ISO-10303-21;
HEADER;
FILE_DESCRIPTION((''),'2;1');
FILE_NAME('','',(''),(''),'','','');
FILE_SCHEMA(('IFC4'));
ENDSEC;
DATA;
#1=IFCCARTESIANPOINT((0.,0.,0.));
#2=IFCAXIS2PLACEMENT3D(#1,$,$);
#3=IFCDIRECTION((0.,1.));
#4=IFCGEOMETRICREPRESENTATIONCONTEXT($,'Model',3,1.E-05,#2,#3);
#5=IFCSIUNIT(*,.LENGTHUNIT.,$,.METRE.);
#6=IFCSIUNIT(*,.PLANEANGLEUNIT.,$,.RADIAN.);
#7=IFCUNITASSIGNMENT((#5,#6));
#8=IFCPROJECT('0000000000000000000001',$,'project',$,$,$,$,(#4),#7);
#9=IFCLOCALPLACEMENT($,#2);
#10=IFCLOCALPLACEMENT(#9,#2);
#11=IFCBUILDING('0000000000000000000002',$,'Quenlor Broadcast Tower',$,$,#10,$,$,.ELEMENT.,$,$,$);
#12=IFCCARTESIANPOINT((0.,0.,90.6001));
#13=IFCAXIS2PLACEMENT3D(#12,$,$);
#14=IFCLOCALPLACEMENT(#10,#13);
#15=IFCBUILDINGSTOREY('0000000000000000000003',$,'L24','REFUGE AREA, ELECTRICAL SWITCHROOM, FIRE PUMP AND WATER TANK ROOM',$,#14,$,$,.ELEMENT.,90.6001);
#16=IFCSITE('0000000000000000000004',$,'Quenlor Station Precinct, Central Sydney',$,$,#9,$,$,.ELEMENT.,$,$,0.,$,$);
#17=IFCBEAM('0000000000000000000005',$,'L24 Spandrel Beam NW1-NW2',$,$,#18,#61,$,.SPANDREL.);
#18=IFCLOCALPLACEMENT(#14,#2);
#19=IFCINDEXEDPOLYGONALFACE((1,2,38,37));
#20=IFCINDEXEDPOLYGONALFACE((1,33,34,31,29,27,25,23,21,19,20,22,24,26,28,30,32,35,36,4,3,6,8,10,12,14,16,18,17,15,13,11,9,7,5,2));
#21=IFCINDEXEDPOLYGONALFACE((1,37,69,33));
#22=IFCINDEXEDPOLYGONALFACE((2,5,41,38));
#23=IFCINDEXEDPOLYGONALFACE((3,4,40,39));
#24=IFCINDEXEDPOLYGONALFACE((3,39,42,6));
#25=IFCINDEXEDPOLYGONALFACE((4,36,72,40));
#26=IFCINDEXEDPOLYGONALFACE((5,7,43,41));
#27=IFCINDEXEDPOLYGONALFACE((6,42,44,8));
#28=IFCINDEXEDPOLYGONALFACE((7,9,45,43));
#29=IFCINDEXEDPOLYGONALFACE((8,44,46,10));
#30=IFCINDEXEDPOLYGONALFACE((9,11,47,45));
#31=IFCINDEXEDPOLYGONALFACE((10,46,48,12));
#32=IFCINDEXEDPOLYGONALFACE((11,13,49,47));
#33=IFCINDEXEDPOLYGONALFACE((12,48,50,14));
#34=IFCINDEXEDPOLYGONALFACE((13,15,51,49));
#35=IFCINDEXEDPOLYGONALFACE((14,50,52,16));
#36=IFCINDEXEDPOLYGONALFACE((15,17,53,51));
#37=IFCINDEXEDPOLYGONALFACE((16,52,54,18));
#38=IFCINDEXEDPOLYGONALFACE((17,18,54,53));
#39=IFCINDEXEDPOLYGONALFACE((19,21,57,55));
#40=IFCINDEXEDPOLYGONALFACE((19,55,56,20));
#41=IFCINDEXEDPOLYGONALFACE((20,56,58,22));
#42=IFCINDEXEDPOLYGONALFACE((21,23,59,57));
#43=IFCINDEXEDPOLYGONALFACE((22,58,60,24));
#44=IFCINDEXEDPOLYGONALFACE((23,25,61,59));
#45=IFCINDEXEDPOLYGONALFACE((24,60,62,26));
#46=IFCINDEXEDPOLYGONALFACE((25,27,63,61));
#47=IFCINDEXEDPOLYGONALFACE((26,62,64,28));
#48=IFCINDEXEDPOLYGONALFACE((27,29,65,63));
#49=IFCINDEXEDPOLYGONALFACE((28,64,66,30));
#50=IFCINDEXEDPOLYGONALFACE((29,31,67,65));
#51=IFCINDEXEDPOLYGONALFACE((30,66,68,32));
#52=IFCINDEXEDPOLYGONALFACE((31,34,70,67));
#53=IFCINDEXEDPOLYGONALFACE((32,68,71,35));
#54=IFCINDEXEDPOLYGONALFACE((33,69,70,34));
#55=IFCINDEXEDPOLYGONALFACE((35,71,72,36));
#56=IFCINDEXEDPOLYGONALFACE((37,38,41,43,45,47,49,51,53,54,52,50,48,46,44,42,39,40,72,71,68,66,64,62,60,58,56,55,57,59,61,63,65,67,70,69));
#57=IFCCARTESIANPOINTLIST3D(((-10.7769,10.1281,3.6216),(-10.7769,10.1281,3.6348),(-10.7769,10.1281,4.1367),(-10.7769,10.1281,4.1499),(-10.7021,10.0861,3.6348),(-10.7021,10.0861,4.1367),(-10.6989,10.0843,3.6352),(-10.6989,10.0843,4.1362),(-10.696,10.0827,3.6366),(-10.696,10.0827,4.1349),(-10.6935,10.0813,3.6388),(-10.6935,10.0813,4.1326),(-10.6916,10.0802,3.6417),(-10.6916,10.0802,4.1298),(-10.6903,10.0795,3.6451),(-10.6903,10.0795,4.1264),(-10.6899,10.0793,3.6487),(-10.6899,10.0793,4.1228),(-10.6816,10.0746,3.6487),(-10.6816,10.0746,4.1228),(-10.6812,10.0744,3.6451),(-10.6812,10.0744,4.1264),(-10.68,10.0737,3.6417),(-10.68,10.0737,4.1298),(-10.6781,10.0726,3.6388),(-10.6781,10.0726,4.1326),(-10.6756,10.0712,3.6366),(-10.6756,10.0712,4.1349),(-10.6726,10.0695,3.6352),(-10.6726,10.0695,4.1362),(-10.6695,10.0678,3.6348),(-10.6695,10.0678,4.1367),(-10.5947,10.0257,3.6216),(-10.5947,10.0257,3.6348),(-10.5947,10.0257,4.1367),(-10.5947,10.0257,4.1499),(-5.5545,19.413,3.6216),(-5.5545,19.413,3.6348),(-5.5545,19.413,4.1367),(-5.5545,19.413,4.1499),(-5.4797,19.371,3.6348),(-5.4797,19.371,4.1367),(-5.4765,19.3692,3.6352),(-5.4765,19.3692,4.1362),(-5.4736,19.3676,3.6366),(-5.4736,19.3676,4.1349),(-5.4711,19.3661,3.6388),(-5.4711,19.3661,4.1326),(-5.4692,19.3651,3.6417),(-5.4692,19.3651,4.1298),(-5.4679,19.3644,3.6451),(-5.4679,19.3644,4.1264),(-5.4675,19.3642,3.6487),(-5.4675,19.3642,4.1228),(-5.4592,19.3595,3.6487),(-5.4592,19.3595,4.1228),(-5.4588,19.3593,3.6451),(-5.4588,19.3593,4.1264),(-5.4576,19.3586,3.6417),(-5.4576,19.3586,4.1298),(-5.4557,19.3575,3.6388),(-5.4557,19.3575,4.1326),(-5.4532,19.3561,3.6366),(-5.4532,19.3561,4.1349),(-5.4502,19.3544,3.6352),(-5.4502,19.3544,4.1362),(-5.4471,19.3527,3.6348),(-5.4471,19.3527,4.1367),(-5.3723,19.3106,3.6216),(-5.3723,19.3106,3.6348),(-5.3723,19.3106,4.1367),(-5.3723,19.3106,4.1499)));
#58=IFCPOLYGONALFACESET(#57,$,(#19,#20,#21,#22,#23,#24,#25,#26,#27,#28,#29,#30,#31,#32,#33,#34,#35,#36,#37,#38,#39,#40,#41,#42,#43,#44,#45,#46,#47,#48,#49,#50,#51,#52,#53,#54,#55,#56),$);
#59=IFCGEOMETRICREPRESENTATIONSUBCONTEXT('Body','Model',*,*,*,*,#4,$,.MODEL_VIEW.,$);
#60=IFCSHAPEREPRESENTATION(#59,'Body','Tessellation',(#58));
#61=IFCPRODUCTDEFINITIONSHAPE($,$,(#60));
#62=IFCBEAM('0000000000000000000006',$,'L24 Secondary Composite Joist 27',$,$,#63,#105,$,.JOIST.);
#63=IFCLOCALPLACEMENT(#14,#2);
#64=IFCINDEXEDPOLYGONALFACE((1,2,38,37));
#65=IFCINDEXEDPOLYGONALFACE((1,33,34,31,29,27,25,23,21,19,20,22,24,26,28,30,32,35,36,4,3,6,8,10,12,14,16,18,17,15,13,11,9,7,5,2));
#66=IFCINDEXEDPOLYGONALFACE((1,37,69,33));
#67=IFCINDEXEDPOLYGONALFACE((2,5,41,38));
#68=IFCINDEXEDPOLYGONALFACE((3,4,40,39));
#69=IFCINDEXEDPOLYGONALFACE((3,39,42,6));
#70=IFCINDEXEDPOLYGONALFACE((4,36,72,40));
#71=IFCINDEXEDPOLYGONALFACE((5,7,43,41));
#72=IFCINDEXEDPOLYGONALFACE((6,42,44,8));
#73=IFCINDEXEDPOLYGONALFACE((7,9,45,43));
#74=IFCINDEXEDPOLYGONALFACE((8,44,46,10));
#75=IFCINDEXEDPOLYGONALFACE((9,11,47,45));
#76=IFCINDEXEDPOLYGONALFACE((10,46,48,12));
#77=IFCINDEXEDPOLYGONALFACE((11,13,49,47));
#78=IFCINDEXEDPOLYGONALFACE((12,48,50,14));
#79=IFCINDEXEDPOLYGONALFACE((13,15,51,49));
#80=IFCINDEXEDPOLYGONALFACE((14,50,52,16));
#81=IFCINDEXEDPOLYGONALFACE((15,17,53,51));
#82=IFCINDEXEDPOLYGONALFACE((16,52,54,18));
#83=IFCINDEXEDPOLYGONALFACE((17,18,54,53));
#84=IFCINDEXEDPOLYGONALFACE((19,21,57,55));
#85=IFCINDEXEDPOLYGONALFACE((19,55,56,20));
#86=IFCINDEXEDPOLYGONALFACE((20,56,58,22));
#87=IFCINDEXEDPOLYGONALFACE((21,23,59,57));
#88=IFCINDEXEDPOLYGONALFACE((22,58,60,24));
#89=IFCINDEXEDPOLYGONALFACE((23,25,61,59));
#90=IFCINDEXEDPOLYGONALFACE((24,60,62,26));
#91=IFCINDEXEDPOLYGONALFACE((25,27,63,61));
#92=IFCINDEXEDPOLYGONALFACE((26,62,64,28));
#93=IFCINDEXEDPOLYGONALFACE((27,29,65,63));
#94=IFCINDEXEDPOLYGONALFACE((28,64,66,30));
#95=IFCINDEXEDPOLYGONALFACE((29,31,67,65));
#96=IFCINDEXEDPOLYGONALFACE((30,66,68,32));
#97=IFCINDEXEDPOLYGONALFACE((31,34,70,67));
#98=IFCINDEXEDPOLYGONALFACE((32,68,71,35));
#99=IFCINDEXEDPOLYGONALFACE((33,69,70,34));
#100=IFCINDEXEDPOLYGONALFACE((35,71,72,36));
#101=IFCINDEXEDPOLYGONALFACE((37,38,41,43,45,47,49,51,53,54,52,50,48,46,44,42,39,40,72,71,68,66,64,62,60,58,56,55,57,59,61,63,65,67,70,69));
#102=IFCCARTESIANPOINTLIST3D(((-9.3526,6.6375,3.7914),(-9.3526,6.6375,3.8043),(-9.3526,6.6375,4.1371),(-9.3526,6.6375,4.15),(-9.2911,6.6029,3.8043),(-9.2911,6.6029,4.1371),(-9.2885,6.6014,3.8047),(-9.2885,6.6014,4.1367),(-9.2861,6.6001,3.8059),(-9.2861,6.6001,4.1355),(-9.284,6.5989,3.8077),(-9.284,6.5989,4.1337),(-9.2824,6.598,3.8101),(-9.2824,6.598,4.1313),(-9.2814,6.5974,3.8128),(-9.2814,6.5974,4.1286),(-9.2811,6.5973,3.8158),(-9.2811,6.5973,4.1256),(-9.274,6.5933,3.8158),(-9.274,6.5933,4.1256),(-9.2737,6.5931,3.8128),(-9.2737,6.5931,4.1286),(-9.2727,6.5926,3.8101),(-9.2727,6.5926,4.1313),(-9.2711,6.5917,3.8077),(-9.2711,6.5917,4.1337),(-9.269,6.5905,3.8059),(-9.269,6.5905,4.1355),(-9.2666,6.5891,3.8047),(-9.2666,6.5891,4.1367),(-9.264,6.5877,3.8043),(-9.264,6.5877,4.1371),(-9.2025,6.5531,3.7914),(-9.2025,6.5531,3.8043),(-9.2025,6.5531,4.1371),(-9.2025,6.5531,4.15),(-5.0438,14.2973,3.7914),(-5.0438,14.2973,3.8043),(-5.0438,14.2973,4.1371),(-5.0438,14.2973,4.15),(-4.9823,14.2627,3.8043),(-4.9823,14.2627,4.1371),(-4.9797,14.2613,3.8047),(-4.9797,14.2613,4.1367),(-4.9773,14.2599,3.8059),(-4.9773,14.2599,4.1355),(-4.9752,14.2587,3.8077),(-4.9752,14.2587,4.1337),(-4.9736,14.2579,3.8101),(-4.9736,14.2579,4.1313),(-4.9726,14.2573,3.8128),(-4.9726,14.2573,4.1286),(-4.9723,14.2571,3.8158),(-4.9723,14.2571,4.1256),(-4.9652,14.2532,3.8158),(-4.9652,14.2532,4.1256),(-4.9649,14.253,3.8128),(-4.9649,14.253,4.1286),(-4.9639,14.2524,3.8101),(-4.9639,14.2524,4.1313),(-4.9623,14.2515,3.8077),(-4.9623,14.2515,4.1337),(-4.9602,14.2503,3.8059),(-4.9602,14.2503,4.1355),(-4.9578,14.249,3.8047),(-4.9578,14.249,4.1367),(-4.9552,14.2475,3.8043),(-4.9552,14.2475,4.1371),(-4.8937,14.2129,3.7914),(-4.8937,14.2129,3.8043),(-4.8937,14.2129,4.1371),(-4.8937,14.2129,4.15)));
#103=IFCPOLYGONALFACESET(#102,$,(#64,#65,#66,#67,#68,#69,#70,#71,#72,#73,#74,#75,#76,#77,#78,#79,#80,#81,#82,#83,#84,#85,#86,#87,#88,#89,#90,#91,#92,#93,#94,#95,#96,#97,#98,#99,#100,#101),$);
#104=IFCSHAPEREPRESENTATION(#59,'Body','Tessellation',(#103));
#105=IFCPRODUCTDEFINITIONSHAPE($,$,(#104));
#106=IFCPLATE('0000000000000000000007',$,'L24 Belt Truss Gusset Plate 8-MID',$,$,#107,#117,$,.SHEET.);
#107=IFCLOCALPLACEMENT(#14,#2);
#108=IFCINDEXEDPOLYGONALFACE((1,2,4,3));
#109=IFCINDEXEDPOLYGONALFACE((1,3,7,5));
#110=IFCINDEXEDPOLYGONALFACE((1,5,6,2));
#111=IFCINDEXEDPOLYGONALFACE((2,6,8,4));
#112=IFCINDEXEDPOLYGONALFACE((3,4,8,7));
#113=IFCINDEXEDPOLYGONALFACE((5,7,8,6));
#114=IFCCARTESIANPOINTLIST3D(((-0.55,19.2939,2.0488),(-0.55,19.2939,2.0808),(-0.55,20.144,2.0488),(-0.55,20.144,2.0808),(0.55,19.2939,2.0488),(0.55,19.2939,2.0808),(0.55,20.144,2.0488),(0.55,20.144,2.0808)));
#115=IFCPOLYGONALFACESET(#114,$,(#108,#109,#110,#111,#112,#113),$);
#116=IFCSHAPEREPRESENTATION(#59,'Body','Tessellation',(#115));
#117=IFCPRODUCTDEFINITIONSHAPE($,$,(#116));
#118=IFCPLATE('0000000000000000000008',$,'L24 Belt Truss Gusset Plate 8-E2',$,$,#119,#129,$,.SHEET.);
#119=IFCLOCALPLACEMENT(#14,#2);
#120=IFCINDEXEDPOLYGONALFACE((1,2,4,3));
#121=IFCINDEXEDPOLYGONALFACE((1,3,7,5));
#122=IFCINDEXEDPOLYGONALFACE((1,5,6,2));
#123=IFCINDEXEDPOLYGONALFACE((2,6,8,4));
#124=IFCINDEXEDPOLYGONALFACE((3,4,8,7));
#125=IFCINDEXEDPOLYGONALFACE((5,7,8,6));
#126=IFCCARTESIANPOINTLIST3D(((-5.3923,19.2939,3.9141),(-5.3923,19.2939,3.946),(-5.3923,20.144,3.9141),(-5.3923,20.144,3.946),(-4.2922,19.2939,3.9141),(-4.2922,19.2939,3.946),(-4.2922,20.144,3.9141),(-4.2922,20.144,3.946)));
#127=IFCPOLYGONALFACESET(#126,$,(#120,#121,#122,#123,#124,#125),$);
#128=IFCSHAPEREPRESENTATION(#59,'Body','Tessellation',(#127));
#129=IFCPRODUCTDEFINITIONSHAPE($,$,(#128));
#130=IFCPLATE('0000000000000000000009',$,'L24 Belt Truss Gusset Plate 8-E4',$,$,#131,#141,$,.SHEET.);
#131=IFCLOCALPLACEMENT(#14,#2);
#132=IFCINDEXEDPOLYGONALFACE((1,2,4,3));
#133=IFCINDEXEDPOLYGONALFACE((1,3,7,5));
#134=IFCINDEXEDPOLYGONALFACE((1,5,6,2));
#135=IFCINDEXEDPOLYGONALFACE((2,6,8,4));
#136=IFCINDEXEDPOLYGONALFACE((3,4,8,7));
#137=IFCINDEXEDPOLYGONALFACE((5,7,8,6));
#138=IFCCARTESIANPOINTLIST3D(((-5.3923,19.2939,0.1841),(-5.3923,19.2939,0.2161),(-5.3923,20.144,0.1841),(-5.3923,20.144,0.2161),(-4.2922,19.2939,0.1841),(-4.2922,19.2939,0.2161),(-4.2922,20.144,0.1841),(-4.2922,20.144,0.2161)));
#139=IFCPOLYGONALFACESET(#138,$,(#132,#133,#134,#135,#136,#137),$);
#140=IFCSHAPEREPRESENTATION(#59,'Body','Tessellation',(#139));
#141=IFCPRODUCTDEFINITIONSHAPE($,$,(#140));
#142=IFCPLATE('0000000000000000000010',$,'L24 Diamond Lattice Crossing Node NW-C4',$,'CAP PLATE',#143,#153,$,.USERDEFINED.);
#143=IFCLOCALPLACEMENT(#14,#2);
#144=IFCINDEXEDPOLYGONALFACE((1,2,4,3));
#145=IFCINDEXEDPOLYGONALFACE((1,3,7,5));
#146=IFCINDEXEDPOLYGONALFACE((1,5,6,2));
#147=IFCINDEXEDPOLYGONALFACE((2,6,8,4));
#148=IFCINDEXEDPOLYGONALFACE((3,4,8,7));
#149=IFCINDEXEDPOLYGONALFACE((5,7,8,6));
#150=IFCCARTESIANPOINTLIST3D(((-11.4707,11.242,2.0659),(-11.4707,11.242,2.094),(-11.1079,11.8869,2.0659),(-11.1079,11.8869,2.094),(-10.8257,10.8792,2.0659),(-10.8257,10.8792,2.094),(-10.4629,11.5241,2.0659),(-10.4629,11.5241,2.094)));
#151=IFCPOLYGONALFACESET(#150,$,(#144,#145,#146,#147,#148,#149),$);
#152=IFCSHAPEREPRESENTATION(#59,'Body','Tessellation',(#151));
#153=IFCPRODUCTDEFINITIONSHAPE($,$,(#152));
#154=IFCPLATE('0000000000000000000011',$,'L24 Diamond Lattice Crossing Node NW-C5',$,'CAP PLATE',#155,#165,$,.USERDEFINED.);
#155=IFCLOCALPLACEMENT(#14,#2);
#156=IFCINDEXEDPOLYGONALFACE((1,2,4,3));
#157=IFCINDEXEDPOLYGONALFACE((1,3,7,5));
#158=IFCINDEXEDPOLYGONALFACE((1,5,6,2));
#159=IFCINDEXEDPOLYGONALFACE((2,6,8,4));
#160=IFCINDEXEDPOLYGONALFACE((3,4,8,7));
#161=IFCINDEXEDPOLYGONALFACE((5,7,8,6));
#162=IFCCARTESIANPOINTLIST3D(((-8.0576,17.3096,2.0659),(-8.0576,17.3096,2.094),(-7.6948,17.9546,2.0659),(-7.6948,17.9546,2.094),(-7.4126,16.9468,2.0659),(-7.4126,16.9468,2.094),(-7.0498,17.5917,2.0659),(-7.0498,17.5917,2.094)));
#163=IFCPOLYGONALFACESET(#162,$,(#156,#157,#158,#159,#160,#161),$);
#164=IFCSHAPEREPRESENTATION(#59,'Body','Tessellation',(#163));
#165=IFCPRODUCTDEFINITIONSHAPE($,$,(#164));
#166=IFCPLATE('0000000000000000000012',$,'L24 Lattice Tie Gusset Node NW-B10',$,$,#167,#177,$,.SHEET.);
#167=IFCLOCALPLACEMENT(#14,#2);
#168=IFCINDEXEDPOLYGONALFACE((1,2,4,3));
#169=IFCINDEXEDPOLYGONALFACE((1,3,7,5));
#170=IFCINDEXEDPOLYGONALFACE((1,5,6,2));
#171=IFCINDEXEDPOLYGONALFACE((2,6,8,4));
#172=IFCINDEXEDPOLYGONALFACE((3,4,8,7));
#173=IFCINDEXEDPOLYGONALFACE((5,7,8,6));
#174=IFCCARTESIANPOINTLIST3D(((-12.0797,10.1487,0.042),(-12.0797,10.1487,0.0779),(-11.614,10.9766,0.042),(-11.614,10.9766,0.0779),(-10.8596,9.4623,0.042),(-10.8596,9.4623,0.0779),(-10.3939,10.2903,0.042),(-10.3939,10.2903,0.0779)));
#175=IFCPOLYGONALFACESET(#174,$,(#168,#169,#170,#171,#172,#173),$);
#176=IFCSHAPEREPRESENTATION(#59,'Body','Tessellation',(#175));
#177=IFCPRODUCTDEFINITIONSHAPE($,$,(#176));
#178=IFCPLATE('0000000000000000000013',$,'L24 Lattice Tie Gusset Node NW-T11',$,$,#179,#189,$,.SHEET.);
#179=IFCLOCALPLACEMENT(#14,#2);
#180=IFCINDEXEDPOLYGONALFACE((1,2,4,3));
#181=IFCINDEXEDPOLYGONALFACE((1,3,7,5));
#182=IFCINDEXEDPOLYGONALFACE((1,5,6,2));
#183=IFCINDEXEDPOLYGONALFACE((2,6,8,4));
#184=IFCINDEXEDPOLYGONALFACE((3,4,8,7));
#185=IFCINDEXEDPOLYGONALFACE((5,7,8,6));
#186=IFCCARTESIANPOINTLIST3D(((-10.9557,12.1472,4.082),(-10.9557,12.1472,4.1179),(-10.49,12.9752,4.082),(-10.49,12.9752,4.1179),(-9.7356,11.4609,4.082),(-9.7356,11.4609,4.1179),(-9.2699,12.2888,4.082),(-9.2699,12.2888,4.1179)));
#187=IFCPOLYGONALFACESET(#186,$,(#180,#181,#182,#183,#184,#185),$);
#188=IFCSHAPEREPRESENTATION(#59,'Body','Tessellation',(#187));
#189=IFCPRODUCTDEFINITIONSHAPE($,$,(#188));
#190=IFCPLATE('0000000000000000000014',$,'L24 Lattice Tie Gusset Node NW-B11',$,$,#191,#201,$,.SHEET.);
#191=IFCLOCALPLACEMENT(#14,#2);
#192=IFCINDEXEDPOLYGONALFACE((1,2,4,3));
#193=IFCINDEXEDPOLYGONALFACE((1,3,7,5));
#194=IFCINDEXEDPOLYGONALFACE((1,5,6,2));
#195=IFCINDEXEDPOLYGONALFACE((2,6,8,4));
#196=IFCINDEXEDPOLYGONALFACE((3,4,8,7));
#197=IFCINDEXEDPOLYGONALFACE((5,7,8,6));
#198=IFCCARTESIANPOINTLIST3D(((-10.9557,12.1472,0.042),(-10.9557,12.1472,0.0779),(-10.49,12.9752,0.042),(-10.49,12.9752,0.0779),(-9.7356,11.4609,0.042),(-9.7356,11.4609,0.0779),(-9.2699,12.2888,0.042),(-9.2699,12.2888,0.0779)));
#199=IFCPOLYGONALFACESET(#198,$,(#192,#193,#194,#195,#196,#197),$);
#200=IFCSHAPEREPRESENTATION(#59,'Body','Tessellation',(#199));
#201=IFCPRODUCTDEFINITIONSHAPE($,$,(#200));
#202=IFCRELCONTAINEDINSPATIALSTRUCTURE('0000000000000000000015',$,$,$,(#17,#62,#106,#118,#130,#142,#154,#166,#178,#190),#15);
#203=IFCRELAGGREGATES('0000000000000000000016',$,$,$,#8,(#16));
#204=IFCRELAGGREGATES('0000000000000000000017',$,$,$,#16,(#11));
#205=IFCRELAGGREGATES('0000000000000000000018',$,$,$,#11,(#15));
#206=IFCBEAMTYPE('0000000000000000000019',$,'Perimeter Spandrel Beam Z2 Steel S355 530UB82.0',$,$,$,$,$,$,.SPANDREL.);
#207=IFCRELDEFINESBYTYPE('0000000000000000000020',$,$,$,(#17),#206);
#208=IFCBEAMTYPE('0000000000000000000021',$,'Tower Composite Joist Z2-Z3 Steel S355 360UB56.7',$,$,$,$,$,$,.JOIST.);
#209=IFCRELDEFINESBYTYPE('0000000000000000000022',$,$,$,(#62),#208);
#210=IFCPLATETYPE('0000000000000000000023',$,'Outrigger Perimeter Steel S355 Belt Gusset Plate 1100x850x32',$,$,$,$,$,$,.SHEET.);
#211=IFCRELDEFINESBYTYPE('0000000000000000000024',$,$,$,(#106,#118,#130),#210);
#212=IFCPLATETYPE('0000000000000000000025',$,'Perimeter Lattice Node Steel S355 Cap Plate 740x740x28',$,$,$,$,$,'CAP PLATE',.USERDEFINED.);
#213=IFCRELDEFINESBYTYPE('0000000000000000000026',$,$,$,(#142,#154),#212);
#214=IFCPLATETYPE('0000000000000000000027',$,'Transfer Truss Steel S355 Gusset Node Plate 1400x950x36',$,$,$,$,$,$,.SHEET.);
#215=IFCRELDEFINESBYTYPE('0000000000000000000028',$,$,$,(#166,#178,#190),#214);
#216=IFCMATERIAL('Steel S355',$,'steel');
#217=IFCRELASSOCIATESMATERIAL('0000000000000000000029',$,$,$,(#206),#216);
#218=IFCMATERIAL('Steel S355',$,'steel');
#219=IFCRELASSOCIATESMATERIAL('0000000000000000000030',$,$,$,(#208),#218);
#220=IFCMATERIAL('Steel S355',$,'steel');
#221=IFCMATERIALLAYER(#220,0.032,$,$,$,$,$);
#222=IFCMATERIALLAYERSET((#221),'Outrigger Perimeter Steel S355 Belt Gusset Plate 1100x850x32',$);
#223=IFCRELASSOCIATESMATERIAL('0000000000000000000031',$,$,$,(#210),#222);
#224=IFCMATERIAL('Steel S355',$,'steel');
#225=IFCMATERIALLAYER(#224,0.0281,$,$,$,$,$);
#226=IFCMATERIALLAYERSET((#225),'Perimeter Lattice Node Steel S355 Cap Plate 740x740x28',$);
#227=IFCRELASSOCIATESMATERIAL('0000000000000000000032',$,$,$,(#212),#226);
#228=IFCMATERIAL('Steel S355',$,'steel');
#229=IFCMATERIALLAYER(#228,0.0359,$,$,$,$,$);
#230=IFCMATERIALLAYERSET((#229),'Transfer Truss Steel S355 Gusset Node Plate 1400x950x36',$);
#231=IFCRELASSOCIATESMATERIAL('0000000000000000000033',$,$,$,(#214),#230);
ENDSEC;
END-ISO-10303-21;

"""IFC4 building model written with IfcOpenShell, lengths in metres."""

from ifc_helpers import new_model, si_unit, direction, frame, origin, origin_2d, place, context, subcontext, project, spatial, rectangle, i_section, extrude, material, layer, layer_set, material_profile, profile_set, type_object, element, save


model = new_model("IFC4")

# Units and contexts
model_context = context("Model", 3, precision=1e-05, world=origin(), true_north=direction((0.0, 1.0)))
body_context = subcontext(model_context, "Body", "Model", "MODEL_VIEW")
ifc_project = project(units=[si_unit("LENGTHUNIT", "METRE"), si_unit("PLANEANGLEUNIT", "RADIAN")], contexts=[model_context])

# Site, building, storey
site_placement = place(None, origin())
site = spatial("IfcSite", under=ifc_project, at=site_placement, Name="Quenlor Station Precinct, Central Sydney", CompositionType="ELEMENT", RefElevation=0.0)
building_placement = place(site_placement, origin())
building = spatial("IfcBuilding", under=site, at=building_placement, Name="Quenlor Broadcast Tower", CompositionType="ELEMENT")
storey_placement = place(building_placement, frame((0.0, 0.0, 90.6001)))
storey = spatial("IfcBuildingStorey", under=building, at=storey_placement, Name="L24", Description="REFUGE AREA, ELECTRICAL SWITCHROOM, FIRE PUMP AND WATER TANK ROOM", CompositionType="ELEMENT", Elevation=90.6001)

# Beams
ifc_material_1 = material(Name="Steel S355", Category="steel")
ifc_material_profile_1 = material_profile(ifc_material_1, i_section(OverallWidth=0.209, OverallDepth=0.5283, WebThickness=0.0095, FlangeThickness=0.0132, FilletRadius=0.0139, at=origin_2d()))
ifc_profile_set_1 = profile_set([ifc_material_profile_1], Name="Steel S355 530UB82.0")
beam_type_1 = type_object("IfcBeamType", Name="Perimeter Spandrel Beam Z2 Steel S355 530UB82.0", PredefinedType="SPANDREL", material=ifc_profile_set_1)
beam_1_placement = place(storey_placement, frame((-5.4634, 19.3618, 3.8857), z_axis=(-0.490236, -0.87159, 0.0), x_axis=(0.87159, -0.490236, 0.0)))
element("IfcBeam", 1, at=beam_1_placement, inside=storey, type_object=beam_type_1, Name="L24 Spandrel Beam NW1-NW2", PredefinedType="SPANDREL", context=body_context, shape_type="SweptSolid", body=[
    extrude(i_section(OverallWidth=0.209, OverallDepth=0.5283, WebThickness=0.0095, FlangeThickness=0.0132, FilletRadius=0.0139, at=origin_2d()), origin(), (0.0, 0.0, 1.0), 10.6528),
])
ifc_material_2 = material(Name="Steel S355", Category="steel")
ifc_material_profile_2 = material_profile(ifc_material_2, i_section(OverallWidth=0.1721, OverallDepth=0.3586, WebThickness=0.0081, FlangeThickness=0.0129, FilletRadius=0.0115, at=origin_2d()))
ifc_profile_set_2 = profile_set([ifc_material_profile_2], Name="Steel S355 360UB56.7")
beam_type_2 = type_object("IfcBeamType", Name="Tower Composite Joist Z2-Z3 Steel S355 360UB56.7", PredefinedType="JOIST", material=ifc_profile_set_2)
beam_2_placement = place(storey_placement, frame((-4.9688, 14.2551, 3.9707), z_axis=(-0.490273, -0.871569, 0.0), x_axis=(0.871569, -0.490273, 0.0)))
element("IfcBeam", 2, at=beam_2_placement, inside=storey, type_object=beam_type_2, Name="L24 Secondary Composite Joist 27", PredefinedType="JOIST", context=body_context, shape_type="SweptSolid", body=[
    extrude(i_section(OverallWidth=0.1721, OverallDepth=0.3586, WebThickness=0.0081, FlangeThickness=0.0129, FilletRadius=0.0115, at=origin_2d()), origin(), (0.0, 0.0, 1.0), 8.7886),
])

# Plates
ifc_material_3 = material(Name="Steel S355", Category="steel")
ifc_layer_1 = layer(ifc_material_3, 0.032)
ifc_layer_set_1 = layer_set([ifc_layer_1], Name="Outrigger Perimeter Steel S355 Belt Gusset Plate 1100x850x32")
plate_type_1 = type_object("IfcPlateType", Name="Outrigger Perimeter Steel S355 Belt Gusset Plate 1100x850x32", PredefinedType="SHEET", material=ifc_layer_set_1)
for number, where, z_axis, x_axis, name in (
    (3, (0.0, 19.719, 2.0488), (0.0, 0.0, 1.0), (1.0, 0.0, 0.0), "L24 Belt Truss Gusset Plate 8-MID"),
    (4, (-4.8423, 19.719, 3.9141), (0.0, 0.0, 1.0), (1.0, 0.0, 0.0), "L24 Belt Truss Gusset Plate 8-E2"),
    (5, (-4.8423, 19.719, 0.1841), (0.0, 0.0, 1.0), (1.0, 0.0, 0.0), "L24 Belt Truss Gusset Plate 8-E4"),
):
    element("IfcPlate", number, at=place(storey_placement, frame(where, z_axis=z_axis, x_axis=x_axis)), inside=storey, type_object=plate_type_1, Name=name, PredefinedType="SHEET", context=body_context, shape_type="SweptSolid", body=[
        extrude(rectangle(XDim=1.1001, YDim=0.8501, at=origin_2d()), origin(), (0.0, 0.0, 1.0), 0.032),
    ])
ifc_material_4 = material(Name="Steel S355", Category="steel")
ifc_layer_2 = layer(ifc_material_4, 0.0281)
ifc_layer_set_2 = layer_set([ifc_layer_2], Name="Perimeter Lattice Node Steel S355 Cap Plate 740x740x28")
plate_type_2 = type_object("IfcPlateType", Name="Perimeter Lattice Node Steel S355 Cap Plate 740x740x28", ElementType="CAP PLATE", PredefinedType="USERDEFINED", material=ifc_layer_set_2)
for number, where, z_axis, x_axis, name in (
    (6, (-10.9668, 11.3831, 2.0659), (0.0, 0.0, 1.0), (0.490295, 0.871556, 0.0), "L24 Diamond Lattice Crossing Node NW-C4"),
    (7, (-7.5537, 17.4507, 2.0659), (0.0, 0.0, 1.0), (0.490295, 0.871556, 0.0), "L24 Diamond Lattice Crossing Node NW-C5"),
):
    element("IfcPlate", number, at=place(storey_placement, frame(where, z_axis=z_axis, x_axis=x_axis)), inside=storey, type_object=plate_type_2, Name=name, ObjectType="CAP PLATE", PredefinedType="USERDEFINED", context=body_context, shape_type="SweptSolid", body=[
        extrude(rectangle(XDim=0.74, YDim=0.74, at=origin_2d()), origin(), (0.0, 0.0, 1.0), 0.0281),
    ])
ifc_material_5 = material(Name="Steel S355", Category="steel")
ifc_layer_3 = layer(ifc_material_5, 0.0359)
ifc_layer_set_3 = layer_set([ifc_layer_3], Name="Transfer Truss Steel S355 Gusset Node Plate 1400x950x36")
plate_type_3 = type_object("IfcPlateType", Name="Transfer Truss Steel S355 Gusset Node Plate 1400x950x36", PredefinedType="SHEET", material=ifc_layer_set_3)
for number, where, z_axis, x_axis, name in (
    (8, (-11.2368, 10.2195, 0.042), (0.0, 0.0, 1.0), (-0.871556, 0.490295, 0.0), "L24 Lattice Tie Gusset Node NW-B10"),
    (9, (-10.1128, 12.218, 4.082), (0.0, 0.0, 1.0), (-0.871556, 0.490295, 0.0), "L24 Lattice Tie Gusset Node NW-T11"),
    (10, (-10.1128, 12.218, 0.042), (0.0, 0.0, 1.0), (-0.871556, 0.490295, 0.0), "L24 Lattice Tie Gusset Node NW-B11"),
):
    element("IfcPlate", number, at=place(storey_placement, frame(where, z_axis=z_axis, x_axis=x_axis)), inside=storey, type_object=plate_type_3, Name=name, PredefinedType="SHEET", context=body_context, shape_type="SweptSolid", body=[
        extrude(rectangle(XDim=1.3999, YDim=0.95, at=origin_2d()), origin(), (0.0, 0.0, 1.0), 0.0359),
    ])

save(model, "model.ifc")
